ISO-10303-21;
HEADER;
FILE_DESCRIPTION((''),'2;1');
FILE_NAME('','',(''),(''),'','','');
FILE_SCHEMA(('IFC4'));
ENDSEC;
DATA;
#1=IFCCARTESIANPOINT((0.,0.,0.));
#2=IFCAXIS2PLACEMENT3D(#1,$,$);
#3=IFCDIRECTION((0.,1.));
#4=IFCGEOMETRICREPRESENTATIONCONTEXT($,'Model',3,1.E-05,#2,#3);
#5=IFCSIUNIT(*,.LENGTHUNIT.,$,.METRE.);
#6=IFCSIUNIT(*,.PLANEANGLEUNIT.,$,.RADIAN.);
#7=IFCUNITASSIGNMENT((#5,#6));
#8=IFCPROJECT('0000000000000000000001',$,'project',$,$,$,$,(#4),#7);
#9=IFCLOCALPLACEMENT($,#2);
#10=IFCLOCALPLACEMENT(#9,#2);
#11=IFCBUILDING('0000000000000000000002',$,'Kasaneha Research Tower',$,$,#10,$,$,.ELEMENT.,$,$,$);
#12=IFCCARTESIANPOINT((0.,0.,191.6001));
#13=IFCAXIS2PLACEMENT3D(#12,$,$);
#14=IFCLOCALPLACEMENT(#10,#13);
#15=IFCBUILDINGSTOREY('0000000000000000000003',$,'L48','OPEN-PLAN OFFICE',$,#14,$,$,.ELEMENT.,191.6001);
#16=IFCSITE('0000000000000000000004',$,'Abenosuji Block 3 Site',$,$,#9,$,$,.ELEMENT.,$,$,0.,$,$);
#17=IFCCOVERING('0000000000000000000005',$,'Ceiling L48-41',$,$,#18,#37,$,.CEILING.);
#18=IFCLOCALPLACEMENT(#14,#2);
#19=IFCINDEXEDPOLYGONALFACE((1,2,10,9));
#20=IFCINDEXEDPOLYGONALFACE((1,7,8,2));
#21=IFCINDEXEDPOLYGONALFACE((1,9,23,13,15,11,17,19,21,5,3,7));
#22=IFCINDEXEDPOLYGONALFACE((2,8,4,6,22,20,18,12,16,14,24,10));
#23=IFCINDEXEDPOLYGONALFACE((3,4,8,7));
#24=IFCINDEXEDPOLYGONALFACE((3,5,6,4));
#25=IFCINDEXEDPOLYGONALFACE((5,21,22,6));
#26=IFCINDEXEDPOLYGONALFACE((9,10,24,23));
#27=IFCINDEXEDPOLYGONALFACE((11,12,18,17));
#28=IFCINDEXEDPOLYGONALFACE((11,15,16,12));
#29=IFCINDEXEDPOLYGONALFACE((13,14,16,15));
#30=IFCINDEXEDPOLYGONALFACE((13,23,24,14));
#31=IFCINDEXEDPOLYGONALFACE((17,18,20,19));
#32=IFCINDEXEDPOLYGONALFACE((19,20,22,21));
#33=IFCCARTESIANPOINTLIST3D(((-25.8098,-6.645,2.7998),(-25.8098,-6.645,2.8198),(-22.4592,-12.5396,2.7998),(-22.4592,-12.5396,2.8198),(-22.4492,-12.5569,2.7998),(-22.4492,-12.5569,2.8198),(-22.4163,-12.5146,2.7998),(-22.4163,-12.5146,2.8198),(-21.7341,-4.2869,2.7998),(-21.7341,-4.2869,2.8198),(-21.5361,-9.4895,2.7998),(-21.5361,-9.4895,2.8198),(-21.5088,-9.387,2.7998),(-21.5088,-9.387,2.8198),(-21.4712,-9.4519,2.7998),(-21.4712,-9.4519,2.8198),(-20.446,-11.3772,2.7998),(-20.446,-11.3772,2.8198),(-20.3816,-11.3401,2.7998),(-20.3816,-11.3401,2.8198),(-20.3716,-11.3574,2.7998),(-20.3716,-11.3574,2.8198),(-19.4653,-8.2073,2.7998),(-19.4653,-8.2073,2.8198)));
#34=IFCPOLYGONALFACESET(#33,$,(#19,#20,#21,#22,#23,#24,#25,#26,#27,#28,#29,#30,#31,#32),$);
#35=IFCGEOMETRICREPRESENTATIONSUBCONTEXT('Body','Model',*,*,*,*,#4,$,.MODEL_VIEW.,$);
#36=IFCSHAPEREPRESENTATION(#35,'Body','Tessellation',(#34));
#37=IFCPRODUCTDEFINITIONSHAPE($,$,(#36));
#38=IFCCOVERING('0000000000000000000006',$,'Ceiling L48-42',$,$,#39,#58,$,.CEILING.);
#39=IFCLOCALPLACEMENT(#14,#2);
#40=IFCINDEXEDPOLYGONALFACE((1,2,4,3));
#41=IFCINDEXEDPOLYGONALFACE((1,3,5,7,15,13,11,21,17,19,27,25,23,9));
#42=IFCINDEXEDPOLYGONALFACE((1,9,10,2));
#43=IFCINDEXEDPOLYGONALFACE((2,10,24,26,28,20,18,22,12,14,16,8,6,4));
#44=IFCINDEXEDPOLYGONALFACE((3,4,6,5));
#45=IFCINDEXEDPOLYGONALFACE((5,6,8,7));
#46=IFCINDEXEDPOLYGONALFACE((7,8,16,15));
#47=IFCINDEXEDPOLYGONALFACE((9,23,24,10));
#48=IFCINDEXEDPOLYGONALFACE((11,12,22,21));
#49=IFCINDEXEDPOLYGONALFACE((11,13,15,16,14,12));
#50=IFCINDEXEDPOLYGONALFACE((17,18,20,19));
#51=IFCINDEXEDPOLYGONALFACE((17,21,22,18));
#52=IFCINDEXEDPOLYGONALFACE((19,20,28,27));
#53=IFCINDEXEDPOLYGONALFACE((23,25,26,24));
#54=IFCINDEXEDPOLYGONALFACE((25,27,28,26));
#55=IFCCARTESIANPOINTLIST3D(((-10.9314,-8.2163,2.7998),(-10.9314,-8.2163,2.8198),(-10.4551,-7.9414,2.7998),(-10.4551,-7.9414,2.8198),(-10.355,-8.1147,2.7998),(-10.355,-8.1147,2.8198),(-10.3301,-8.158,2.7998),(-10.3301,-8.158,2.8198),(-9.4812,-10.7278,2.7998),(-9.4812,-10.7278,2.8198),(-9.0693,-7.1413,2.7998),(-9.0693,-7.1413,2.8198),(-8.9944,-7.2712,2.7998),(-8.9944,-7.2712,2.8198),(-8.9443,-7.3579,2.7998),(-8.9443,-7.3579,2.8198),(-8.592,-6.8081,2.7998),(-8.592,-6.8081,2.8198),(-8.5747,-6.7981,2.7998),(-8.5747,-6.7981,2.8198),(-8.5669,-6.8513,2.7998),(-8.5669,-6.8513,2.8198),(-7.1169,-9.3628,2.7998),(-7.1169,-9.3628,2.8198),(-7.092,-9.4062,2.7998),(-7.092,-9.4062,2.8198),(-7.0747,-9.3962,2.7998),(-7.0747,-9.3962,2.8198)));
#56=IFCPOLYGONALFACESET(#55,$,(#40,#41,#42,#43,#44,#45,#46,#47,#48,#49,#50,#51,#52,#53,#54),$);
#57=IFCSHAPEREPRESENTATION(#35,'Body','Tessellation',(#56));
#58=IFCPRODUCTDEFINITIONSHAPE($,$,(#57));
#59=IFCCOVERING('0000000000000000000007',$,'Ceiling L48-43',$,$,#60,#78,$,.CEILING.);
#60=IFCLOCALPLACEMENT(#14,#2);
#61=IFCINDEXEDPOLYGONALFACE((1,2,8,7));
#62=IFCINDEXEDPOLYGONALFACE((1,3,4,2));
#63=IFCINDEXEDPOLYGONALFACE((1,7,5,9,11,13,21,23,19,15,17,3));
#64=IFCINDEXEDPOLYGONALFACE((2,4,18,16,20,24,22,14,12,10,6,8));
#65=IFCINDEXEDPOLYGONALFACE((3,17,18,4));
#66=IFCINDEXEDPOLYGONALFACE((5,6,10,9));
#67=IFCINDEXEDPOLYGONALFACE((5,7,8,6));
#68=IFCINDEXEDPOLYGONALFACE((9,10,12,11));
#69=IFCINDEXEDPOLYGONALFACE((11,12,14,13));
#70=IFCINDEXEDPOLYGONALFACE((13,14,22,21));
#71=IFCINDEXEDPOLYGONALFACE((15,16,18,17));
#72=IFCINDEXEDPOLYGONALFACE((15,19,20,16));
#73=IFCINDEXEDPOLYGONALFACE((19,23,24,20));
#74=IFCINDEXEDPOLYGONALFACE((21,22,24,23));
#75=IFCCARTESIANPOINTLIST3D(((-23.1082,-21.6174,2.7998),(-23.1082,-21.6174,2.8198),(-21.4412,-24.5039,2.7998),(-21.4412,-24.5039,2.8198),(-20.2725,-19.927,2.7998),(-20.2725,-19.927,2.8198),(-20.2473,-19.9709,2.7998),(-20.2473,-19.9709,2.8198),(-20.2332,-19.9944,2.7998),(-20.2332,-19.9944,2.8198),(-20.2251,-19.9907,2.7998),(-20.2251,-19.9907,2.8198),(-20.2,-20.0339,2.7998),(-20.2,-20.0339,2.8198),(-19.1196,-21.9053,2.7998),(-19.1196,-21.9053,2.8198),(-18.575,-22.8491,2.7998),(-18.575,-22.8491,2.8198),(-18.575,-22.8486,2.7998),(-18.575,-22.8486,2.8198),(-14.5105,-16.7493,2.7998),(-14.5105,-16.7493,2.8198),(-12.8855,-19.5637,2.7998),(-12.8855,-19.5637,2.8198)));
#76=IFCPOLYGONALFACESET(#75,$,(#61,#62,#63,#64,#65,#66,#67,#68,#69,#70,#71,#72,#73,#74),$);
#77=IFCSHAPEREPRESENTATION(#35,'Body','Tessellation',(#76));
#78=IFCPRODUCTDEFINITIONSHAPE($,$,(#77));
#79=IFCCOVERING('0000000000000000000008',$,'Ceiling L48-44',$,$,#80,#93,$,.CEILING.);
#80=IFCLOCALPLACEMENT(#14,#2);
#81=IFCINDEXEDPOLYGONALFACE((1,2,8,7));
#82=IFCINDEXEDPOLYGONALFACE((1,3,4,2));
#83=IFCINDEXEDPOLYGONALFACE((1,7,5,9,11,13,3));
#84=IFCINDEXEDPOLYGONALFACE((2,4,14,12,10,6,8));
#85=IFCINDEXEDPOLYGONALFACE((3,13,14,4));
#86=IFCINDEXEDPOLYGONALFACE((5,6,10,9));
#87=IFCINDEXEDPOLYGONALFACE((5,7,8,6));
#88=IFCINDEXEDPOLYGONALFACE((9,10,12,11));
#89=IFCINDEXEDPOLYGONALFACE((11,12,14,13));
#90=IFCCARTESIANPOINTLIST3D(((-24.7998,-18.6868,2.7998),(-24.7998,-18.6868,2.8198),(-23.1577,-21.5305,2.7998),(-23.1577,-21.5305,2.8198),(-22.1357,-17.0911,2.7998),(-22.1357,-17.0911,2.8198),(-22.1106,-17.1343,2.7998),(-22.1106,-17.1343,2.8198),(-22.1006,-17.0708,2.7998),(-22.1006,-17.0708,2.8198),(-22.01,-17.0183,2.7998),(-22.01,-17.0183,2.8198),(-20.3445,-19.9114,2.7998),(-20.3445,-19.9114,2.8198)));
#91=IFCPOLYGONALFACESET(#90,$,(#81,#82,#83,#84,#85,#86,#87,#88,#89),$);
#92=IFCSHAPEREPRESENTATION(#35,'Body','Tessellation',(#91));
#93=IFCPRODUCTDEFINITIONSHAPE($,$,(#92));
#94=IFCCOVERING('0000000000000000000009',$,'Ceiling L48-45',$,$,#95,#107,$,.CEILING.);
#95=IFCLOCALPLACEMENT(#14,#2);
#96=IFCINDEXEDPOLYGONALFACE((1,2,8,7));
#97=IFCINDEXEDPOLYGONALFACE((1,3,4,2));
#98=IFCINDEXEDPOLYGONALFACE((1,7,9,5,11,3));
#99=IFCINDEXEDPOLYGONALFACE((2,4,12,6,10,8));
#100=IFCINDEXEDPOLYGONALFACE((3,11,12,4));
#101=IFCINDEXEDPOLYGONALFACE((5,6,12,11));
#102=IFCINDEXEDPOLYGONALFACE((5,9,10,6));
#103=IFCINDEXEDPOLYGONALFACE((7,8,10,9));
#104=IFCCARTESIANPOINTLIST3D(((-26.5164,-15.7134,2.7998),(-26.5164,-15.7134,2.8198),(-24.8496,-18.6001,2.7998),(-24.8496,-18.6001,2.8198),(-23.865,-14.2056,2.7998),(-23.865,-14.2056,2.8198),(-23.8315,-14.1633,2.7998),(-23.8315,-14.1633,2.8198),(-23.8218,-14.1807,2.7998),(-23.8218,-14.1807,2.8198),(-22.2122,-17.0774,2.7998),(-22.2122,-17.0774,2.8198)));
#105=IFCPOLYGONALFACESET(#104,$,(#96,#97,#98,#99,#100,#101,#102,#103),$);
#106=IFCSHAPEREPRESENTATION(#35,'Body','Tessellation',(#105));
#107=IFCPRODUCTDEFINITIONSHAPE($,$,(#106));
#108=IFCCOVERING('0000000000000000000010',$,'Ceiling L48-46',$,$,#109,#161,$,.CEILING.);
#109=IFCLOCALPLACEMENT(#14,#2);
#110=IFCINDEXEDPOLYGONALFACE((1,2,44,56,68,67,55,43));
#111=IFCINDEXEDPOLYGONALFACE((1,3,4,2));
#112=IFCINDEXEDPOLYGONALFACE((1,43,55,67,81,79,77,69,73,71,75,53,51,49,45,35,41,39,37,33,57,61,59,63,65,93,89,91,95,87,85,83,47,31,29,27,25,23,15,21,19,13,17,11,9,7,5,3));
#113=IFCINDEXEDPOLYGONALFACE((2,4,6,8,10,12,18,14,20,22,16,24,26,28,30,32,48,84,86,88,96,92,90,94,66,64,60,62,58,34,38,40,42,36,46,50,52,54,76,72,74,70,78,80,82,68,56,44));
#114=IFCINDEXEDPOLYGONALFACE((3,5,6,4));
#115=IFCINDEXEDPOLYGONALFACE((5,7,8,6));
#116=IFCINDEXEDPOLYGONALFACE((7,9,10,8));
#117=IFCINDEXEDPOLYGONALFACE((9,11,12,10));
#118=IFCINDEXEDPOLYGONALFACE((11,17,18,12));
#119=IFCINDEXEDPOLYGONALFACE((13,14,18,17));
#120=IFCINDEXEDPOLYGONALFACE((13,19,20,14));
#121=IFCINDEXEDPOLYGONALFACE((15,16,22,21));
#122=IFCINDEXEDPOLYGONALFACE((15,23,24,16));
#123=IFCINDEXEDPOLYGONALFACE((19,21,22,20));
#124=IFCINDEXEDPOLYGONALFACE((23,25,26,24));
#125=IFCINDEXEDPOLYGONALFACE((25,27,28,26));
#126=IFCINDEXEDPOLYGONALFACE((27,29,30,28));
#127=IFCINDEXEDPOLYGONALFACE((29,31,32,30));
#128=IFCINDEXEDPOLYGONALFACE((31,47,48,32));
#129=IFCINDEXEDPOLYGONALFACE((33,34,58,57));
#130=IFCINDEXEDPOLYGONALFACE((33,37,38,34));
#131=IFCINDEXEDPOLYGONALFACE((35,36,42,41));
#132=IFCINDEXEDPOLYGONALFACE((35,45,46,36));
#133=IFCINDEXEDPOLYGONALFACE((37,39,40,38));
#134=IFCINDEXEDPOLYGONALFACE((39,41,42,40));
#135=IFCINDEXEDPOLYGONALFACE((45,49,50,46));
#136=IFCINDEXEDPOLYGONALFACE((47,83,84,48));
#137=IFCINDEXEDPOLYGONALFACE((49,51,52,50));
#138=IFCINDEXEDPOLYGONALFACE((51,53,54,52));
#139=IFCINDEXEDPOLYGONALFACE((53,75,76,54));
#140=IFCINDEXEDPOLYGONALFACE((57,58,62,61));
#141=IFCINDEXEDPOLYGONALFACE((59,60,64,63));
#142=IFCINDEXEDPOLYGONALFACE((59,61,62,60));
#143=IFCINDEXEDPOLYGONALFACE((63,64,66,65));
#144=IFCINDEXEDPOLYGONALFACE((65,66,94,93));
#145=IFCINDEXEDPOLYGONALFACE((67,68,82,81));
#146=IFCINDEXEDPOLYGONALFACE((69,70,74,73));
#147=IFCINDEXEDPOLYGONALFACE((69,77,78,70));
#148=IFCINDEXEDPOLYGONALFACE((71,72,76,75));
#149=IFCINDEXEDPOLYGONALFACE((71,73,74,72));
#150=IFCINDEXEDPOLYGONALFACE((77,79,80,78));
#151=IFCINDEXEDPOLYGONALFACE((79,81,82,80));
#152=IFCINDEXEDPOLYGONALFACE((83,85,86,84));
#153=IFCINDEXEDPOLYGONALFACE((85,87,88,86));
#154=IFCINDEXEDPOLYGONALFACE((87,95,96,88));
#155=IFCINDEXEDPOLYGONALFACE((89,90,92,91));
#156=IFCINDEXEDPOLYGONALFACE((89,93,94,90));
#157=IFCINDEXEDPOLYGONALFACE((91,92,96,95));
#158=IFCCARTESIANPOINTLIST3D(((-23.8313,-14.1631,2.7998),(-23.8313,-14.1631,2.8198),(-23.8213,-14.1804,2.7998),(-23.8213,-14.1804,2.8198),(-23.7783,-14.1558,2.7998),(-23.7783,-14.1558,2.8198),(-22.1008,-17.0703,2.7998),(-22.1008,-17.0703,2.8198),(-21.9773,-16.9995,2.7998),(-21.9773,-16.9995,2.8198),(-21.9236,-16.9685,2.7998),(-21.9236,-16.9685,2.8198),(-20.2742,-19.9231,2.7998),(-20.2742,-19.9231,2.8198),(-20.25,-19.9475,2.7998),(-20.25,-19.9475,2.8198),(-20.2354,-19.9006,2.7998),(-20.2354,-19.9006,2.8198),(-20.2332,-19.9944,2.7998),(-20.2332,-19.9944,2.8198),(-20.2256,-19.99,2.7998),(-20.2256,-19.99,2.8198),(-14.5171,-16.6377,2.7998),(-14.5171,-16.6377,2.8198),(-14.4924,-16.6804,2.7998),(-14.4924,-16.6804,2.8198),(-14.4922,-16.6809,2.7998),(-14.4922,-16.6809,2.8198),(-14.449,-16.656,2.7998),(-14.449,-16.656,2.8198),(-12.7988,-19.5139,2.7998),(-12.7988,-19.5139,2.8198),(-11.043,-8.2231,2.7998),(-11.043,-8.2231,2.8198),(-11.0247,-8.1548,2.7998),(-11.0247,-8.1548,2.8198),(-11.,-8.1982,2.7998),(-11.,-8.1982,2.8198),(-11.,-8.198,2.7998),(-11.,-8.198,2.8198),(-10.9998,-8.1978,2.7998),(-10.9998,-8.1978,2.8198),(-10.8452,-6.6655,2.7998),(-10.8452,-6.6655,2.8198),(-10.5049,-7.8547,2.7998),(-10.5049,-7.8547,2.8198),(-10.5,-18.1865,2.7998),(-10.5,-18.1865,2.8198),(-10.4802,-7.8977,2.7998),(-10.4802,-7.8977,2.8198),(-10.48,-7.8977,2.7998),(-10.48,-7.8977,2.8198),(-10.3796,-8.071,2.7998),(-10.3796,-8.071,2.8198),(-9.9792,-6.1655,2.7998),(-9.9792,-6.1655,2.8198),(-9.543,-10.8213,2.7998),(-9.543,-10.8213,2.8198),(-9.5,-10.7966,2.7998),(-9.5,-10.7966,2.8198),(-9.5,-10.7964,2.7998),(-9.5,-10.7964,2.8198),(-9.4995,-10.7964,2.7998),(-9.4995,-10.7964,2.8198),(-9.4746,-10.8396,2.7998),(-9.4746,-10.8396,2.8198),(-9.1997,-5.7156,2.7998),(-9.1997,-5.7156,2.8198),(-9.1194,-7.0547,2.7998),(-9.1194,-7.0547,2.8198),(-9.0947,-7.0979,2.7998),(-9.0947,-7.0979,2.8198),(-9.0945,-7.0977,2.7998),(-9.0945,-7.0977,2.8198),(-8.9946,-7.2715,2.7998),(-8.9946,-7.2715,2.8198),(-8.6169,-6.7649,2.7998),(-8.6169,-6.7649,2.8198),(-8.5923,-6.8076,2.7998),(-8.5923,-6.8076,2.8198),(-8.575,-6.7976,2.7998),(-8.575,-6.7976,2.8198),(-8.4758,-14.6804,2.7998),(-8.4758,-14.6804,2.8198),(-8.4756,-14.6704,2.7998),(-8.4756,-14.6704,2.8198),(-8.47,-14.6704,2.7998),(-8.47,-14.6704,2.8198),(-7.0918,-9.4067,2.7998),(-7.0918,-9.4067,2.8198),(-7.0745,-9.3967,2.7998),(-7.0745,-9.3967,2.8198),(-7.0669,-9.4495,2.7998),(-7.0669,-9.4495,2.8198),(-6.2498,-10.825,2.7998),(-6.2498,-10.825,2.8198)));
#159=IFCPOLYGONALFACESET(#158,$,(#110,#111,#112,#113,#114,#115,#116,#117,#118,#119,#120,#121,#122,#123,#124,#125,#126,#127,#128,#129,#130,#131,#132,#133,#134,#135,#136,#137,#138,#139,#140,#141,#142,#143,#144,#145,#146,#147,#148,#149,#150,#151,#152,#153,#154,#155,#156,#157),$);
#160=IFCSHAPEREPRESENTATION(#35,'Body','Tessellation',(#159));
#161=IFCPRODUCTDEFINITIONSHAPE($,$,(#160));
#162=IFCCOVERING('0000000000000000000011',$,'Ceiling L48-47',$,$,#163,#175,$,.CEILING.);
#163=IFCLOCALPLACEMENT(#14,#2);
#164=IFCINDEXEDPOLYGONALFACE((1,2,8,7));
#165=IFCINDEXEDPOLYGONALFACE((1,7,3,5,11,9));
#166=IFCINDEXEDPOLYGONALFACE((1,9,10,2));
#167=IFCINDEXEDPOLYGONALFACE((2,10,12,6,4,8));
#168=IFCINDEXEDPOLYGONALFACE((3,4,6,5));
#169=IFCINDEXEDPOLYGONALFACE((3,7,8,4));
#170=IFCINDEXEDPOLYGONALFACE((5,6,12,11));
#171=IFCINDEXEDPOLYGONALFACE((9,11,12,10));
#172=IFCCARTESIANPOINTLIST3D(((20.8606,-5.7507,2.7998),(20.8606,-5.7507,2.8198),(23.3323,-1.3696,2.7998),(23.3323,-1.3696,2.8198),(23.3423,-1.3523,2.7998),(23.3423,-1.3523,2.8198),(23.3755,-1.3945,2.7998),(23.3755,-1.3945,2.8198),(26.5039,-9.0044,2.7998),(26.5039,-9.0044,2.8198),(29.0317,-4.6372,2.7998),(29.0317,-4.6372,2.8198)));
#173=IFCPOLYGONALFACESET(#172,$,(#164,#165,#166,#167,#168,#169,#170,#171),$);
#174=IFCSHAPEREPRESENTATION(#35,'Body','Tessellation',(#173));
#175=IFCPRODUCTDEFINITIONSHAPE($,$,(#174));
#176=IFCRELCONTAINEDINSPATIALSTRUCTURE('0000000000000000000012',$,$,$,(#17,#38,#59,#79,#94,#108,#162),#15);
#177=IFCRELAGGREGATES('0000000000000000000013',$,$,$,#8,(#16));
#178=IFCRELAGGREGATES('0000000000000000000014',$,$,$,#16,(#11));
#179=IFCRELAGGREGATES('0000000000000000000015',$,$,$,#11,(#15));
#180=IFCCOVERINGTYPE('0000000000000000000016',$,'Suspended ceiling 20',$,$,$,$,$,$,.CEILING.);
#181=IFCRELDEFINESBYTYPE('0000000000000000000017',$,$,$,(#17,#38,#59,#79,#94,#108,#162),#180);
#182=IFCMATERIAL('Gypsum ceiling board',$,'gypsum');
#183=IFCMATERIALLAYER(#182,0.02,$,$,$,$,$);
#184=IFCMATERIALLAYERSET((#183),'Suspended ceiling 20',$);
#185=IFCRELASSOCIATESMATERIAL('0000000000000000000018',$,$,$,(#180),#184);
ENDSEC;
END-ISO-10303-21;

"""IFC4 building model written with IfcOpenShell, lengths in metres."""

from ifc_helpers import new_model, si_unit, direction, frame, origin, place, context, subcontext, project, spatial, polyline, outline, extrude, material, layer, layer_set, type_object, element, save


model = new_model("IFC4")

# Units and contexts
model_context = context("Model", 3, precision=1e-05, world=origin(), true_north=direction((0.0, 1.0)))
body_context = subcontext(model_context, "Body", "Model", "MODEL_VIEW")
ifc_project = project(units=[si_unit("LENGTHUNIT", "METRE"), si_unit("PLANEANGLEUNIT", "RADIAN")], contexts=[model_context])

# Site, building, storey
site_placement = place(None, origin())
site = spatial("IfcSite", under=ifc_project, at=site_placement, Name="Abenosuji Block 3 Site", CompositionType="ELEMENT", RefElevation=0.0)
building_placement = place(site_placement, origin())
building = spatial("IfcBuilding", under=site, at=building_placement, Name="Kasaneha Research Tower", CompositionType="ELEMENT")
storey_placement = place(building_placement, frame((0.0, 0.0, 191.6001)))
storey = spatial("IfcBuildingStorey", under=building, at=storey_placement, Name="L48", Description="OPEN-PLAN OFFICE", CompositionType="ELEMENT", Elevation=191.6001)

# Coverings
ifc_material_1 = material(Name="Gypsum ceiling board", Category="gypsum")
ifc_layer_1 = layer(ifc_material_1, 0.02)
ifc_layer_set_1 = layer_set([ifc_layer_1], Name="Suspended ceiling 20")
covering_type_1 = type_object("IfcCoveringType", Name="Suspended ceiling 20", PredefinedType="CEILING", material=ifc_layer_set_1)
covering_1_placement = place(storey_placement, frame((0.0, 0.0, 2.7998)))
element("IfcCovering", 1, at=covering_1_placement, inside=storey, type_object=covering_type_1, Name="Ceiling L48-41", PredefinedType="CEILING", context=body_context, shape_type="SweptSolid", body=[
    extrude(outline(polyline([(-22.4492, -12.5569), (-22.4592, -12.5396), (-22.4163, -12.5146), (-25.8098, -6.645), (-21.7341, -4.2869), (-19.4653, -8.2073), (-21.5088, -9.387), (-21.4712, -9.4519), (-21.5361, -9.4895), (-20.446, -11.3772), (-20.3816, -11.3401), (-20.3716, -11.3574), (-22.4492, -12.5569)])), origin(), (0.0, 0.0, 1.0), 0.02),
])
covering_2_placement = place(storey_placement, frame((0.0, 0.0, 2.7998)))
element("IfcCovering", 2, at=covering_2_placement, inside=storey, type_object=covering_type_1, Name="Ceiling L48-42", PredefinedType="CEILING", context=body_context, shape_type="SweptSolid", body=[
    extrude(outline(polyline([(-10.355, -8.1147), (-10.355, -8.1147), (-10.3301, -8.158), (-8.9443, -7.3579), (-8.9944, -7.2712), (-8.9944, -7.2712), (-9.0942, -7.0981), (-9.0942, -7.0981), (-9.0693, -7.1414), (-8.5669, -6.8513), (-8.592, -6.8081), (-8.5747, -6.7981), (-7.0747, -9.3962), (-7.092, -9.4062), (-7.1169, -9.3628), (-9.4812, -10.7278), (-10.9314, -8.2163), (-10.4551, -7.9414), (-10.355, -8.1147)])), origin(), (0.0, 0.0, 1.0), 0.02),
])
covering_3_placement = place(storey_placement, frame((0.0, 0.0, 2.7998)))
element("IfcCovering", 3, at=covering_3_placement, inside=storey, type_object=covering_type_1, Name="Ceiling L48-43", PredefinedType="CEILING", context=body_context, shape_type="SweptSolid", body=[
    extrude(outline(polyline([(-19.1196, -21.9053), (-18.575, -22.8491), (-21.4412, -24.5039), (-23.1082, -21.6174), (-20.2473, -19.9709), (-20.2725, -19.927), (-20.2332, -19.9944), (-20.2251, -19.9907), (-20.2, -20.0339), (-14.5105, -16.7493), (-12.8855, -19.5637), (-18.575, -22.8486), (-19.1196, -21.9053)])), origin(), (0.0, 0.0, 1.0), 0.02),
])
covering_4_placement = place(storey_placement, frame((0.0, 0.0, 2.7998)))
element("IfcCovering", 4, at=covering_4_placement, inside=storey, type_object=covering_type_1, Name="Ceiling L48-44", PredefinedType="CEILING", context=body_context, shape_type="SweptSolid", body=[
    extrude(outline(polyline([(-24.7998, -18.6868), (-22.1106, -17.1343), (-22.1357, -17.0911), (-22.1006, -17.0708), (-22.1006, -17.0708), (-22.01, -17.0183), (-20.3445, -19.9114), (-23.1577, -21.5305), (-24.7998, -18.6868)])), origin(), (0.0, 0.0, 1.0), 0.02),
])
covering_5_placement = place(storey_placement, frame((0.0, 0.0, 2.7998)))
element("IfcCovering", 5, at=covering_5_placement, inside=storey, type_object=covering_type_1, Name="Ceiling L48-45", PredefinedType="CEILING", context=body_context, shape_type="SweptSolid", body=[
    extrude(outline(polyline([(-23.8315, -14.1633), (-23.8218, -14.1807), (-23.865, -14.2056), (-22.2122, -17.0774), (-24.8496, -18.6001), (-26.5164, -15.7134), (-23.8315, -14.1633)])), origin(), (0.0, 0.0, 1.0), 0.02),
])
covering_6_placement = place(storey_placement, frame((0.0, 0.0, 2.7998)))
element("IfcCovering", 6, at=covering_6_placement, inside=storey, type_object=covering_type_1, Name="Ceiling L48-46", PredefinedType="CEILING", context=body_context, shape_type="SweptSolid", body=[
    extrude(outline(polyline([(-9.1997, -5.7156), (-8.575, -6.7976), (-8.5923, -6.8076), (-8.6169, -6.7649), (-9.1194, -7.0547), (-9.0945, -7.0977), (-9.0947, -7.0979), (-8.9946, -7.2715), (-10.3796, -8.071), (-10.48, -7.8977), (-10.4802, -7.8977), (-10.5049, -7.8547), (-11.0247, -8.1548), (-10.9998, -8.1978), (-11.0, -8.198), (-11.0, -8.1982), (-11.043, -8.2231), (-9.543, -10.8213), (-9.5, -10.7964), (-9.5, -10.7966), (-9.4995, -10.7964), (-9.4746, -10.8396), (-7.0669, -9.4495), (-7.0918, -9.4067), (-7.0745, -9.3967), (-6.2498, -10.825), (-8.47, -14.6704), (-8.4756, -14.6704), (-8.4758, -14.6804), (-10.5, -18.1865), (-12.7988, -19.5139), (-14.449, -16.656), (-14.4922, -16.6809), (-14.4924, -16.6804), (-14.4924, -16.6804), (-14.5171, -16.6377), (-20.25, -19.9475), (-20.2256, -19.99), (-20.2332, -19.9944), (-20.2742, -19.9231), (-20.2354, -19.9006), (-21.9236, -16.9685), (-21.9773, -16.9995), (-22.1008, -17.0703), (-23.7783, -14.1558), (-23.8213, -14.1804), (-23.8313, -14.1631), (-10.8452, -6.6655), (-10.8452, -6.6655), (-9.9792, -6.1655), (-9.9792, -6.1655), (-9.1997, -5.7156)])), origin(), (0.0, 0.0, 1.0), 0.02),
])
covering_7_placement = place(storey_placement, frame((0.0, 0.0, 2.7998)))
element("IfcCovering", 7, at=covering_7_placement, inside=storey, type_object=covering_type_1, Name="Ceiling L48-47", PredefinedType="CEILING", context=body_context, shape_type="SweptSolid", body=[
    extrude(outline(polyline([(29.0317, -4.6372), (26.5039, -9.0044), (20.8606, -5.7507), (23.3755, -1.3945), (23.3323, -1.3696), (23.3423, -1.3523), (29.0317, -4.6372)])), origin(), (0.0, 0.0, 1.0), 0.02),
])

save(model, "model.ifc")
